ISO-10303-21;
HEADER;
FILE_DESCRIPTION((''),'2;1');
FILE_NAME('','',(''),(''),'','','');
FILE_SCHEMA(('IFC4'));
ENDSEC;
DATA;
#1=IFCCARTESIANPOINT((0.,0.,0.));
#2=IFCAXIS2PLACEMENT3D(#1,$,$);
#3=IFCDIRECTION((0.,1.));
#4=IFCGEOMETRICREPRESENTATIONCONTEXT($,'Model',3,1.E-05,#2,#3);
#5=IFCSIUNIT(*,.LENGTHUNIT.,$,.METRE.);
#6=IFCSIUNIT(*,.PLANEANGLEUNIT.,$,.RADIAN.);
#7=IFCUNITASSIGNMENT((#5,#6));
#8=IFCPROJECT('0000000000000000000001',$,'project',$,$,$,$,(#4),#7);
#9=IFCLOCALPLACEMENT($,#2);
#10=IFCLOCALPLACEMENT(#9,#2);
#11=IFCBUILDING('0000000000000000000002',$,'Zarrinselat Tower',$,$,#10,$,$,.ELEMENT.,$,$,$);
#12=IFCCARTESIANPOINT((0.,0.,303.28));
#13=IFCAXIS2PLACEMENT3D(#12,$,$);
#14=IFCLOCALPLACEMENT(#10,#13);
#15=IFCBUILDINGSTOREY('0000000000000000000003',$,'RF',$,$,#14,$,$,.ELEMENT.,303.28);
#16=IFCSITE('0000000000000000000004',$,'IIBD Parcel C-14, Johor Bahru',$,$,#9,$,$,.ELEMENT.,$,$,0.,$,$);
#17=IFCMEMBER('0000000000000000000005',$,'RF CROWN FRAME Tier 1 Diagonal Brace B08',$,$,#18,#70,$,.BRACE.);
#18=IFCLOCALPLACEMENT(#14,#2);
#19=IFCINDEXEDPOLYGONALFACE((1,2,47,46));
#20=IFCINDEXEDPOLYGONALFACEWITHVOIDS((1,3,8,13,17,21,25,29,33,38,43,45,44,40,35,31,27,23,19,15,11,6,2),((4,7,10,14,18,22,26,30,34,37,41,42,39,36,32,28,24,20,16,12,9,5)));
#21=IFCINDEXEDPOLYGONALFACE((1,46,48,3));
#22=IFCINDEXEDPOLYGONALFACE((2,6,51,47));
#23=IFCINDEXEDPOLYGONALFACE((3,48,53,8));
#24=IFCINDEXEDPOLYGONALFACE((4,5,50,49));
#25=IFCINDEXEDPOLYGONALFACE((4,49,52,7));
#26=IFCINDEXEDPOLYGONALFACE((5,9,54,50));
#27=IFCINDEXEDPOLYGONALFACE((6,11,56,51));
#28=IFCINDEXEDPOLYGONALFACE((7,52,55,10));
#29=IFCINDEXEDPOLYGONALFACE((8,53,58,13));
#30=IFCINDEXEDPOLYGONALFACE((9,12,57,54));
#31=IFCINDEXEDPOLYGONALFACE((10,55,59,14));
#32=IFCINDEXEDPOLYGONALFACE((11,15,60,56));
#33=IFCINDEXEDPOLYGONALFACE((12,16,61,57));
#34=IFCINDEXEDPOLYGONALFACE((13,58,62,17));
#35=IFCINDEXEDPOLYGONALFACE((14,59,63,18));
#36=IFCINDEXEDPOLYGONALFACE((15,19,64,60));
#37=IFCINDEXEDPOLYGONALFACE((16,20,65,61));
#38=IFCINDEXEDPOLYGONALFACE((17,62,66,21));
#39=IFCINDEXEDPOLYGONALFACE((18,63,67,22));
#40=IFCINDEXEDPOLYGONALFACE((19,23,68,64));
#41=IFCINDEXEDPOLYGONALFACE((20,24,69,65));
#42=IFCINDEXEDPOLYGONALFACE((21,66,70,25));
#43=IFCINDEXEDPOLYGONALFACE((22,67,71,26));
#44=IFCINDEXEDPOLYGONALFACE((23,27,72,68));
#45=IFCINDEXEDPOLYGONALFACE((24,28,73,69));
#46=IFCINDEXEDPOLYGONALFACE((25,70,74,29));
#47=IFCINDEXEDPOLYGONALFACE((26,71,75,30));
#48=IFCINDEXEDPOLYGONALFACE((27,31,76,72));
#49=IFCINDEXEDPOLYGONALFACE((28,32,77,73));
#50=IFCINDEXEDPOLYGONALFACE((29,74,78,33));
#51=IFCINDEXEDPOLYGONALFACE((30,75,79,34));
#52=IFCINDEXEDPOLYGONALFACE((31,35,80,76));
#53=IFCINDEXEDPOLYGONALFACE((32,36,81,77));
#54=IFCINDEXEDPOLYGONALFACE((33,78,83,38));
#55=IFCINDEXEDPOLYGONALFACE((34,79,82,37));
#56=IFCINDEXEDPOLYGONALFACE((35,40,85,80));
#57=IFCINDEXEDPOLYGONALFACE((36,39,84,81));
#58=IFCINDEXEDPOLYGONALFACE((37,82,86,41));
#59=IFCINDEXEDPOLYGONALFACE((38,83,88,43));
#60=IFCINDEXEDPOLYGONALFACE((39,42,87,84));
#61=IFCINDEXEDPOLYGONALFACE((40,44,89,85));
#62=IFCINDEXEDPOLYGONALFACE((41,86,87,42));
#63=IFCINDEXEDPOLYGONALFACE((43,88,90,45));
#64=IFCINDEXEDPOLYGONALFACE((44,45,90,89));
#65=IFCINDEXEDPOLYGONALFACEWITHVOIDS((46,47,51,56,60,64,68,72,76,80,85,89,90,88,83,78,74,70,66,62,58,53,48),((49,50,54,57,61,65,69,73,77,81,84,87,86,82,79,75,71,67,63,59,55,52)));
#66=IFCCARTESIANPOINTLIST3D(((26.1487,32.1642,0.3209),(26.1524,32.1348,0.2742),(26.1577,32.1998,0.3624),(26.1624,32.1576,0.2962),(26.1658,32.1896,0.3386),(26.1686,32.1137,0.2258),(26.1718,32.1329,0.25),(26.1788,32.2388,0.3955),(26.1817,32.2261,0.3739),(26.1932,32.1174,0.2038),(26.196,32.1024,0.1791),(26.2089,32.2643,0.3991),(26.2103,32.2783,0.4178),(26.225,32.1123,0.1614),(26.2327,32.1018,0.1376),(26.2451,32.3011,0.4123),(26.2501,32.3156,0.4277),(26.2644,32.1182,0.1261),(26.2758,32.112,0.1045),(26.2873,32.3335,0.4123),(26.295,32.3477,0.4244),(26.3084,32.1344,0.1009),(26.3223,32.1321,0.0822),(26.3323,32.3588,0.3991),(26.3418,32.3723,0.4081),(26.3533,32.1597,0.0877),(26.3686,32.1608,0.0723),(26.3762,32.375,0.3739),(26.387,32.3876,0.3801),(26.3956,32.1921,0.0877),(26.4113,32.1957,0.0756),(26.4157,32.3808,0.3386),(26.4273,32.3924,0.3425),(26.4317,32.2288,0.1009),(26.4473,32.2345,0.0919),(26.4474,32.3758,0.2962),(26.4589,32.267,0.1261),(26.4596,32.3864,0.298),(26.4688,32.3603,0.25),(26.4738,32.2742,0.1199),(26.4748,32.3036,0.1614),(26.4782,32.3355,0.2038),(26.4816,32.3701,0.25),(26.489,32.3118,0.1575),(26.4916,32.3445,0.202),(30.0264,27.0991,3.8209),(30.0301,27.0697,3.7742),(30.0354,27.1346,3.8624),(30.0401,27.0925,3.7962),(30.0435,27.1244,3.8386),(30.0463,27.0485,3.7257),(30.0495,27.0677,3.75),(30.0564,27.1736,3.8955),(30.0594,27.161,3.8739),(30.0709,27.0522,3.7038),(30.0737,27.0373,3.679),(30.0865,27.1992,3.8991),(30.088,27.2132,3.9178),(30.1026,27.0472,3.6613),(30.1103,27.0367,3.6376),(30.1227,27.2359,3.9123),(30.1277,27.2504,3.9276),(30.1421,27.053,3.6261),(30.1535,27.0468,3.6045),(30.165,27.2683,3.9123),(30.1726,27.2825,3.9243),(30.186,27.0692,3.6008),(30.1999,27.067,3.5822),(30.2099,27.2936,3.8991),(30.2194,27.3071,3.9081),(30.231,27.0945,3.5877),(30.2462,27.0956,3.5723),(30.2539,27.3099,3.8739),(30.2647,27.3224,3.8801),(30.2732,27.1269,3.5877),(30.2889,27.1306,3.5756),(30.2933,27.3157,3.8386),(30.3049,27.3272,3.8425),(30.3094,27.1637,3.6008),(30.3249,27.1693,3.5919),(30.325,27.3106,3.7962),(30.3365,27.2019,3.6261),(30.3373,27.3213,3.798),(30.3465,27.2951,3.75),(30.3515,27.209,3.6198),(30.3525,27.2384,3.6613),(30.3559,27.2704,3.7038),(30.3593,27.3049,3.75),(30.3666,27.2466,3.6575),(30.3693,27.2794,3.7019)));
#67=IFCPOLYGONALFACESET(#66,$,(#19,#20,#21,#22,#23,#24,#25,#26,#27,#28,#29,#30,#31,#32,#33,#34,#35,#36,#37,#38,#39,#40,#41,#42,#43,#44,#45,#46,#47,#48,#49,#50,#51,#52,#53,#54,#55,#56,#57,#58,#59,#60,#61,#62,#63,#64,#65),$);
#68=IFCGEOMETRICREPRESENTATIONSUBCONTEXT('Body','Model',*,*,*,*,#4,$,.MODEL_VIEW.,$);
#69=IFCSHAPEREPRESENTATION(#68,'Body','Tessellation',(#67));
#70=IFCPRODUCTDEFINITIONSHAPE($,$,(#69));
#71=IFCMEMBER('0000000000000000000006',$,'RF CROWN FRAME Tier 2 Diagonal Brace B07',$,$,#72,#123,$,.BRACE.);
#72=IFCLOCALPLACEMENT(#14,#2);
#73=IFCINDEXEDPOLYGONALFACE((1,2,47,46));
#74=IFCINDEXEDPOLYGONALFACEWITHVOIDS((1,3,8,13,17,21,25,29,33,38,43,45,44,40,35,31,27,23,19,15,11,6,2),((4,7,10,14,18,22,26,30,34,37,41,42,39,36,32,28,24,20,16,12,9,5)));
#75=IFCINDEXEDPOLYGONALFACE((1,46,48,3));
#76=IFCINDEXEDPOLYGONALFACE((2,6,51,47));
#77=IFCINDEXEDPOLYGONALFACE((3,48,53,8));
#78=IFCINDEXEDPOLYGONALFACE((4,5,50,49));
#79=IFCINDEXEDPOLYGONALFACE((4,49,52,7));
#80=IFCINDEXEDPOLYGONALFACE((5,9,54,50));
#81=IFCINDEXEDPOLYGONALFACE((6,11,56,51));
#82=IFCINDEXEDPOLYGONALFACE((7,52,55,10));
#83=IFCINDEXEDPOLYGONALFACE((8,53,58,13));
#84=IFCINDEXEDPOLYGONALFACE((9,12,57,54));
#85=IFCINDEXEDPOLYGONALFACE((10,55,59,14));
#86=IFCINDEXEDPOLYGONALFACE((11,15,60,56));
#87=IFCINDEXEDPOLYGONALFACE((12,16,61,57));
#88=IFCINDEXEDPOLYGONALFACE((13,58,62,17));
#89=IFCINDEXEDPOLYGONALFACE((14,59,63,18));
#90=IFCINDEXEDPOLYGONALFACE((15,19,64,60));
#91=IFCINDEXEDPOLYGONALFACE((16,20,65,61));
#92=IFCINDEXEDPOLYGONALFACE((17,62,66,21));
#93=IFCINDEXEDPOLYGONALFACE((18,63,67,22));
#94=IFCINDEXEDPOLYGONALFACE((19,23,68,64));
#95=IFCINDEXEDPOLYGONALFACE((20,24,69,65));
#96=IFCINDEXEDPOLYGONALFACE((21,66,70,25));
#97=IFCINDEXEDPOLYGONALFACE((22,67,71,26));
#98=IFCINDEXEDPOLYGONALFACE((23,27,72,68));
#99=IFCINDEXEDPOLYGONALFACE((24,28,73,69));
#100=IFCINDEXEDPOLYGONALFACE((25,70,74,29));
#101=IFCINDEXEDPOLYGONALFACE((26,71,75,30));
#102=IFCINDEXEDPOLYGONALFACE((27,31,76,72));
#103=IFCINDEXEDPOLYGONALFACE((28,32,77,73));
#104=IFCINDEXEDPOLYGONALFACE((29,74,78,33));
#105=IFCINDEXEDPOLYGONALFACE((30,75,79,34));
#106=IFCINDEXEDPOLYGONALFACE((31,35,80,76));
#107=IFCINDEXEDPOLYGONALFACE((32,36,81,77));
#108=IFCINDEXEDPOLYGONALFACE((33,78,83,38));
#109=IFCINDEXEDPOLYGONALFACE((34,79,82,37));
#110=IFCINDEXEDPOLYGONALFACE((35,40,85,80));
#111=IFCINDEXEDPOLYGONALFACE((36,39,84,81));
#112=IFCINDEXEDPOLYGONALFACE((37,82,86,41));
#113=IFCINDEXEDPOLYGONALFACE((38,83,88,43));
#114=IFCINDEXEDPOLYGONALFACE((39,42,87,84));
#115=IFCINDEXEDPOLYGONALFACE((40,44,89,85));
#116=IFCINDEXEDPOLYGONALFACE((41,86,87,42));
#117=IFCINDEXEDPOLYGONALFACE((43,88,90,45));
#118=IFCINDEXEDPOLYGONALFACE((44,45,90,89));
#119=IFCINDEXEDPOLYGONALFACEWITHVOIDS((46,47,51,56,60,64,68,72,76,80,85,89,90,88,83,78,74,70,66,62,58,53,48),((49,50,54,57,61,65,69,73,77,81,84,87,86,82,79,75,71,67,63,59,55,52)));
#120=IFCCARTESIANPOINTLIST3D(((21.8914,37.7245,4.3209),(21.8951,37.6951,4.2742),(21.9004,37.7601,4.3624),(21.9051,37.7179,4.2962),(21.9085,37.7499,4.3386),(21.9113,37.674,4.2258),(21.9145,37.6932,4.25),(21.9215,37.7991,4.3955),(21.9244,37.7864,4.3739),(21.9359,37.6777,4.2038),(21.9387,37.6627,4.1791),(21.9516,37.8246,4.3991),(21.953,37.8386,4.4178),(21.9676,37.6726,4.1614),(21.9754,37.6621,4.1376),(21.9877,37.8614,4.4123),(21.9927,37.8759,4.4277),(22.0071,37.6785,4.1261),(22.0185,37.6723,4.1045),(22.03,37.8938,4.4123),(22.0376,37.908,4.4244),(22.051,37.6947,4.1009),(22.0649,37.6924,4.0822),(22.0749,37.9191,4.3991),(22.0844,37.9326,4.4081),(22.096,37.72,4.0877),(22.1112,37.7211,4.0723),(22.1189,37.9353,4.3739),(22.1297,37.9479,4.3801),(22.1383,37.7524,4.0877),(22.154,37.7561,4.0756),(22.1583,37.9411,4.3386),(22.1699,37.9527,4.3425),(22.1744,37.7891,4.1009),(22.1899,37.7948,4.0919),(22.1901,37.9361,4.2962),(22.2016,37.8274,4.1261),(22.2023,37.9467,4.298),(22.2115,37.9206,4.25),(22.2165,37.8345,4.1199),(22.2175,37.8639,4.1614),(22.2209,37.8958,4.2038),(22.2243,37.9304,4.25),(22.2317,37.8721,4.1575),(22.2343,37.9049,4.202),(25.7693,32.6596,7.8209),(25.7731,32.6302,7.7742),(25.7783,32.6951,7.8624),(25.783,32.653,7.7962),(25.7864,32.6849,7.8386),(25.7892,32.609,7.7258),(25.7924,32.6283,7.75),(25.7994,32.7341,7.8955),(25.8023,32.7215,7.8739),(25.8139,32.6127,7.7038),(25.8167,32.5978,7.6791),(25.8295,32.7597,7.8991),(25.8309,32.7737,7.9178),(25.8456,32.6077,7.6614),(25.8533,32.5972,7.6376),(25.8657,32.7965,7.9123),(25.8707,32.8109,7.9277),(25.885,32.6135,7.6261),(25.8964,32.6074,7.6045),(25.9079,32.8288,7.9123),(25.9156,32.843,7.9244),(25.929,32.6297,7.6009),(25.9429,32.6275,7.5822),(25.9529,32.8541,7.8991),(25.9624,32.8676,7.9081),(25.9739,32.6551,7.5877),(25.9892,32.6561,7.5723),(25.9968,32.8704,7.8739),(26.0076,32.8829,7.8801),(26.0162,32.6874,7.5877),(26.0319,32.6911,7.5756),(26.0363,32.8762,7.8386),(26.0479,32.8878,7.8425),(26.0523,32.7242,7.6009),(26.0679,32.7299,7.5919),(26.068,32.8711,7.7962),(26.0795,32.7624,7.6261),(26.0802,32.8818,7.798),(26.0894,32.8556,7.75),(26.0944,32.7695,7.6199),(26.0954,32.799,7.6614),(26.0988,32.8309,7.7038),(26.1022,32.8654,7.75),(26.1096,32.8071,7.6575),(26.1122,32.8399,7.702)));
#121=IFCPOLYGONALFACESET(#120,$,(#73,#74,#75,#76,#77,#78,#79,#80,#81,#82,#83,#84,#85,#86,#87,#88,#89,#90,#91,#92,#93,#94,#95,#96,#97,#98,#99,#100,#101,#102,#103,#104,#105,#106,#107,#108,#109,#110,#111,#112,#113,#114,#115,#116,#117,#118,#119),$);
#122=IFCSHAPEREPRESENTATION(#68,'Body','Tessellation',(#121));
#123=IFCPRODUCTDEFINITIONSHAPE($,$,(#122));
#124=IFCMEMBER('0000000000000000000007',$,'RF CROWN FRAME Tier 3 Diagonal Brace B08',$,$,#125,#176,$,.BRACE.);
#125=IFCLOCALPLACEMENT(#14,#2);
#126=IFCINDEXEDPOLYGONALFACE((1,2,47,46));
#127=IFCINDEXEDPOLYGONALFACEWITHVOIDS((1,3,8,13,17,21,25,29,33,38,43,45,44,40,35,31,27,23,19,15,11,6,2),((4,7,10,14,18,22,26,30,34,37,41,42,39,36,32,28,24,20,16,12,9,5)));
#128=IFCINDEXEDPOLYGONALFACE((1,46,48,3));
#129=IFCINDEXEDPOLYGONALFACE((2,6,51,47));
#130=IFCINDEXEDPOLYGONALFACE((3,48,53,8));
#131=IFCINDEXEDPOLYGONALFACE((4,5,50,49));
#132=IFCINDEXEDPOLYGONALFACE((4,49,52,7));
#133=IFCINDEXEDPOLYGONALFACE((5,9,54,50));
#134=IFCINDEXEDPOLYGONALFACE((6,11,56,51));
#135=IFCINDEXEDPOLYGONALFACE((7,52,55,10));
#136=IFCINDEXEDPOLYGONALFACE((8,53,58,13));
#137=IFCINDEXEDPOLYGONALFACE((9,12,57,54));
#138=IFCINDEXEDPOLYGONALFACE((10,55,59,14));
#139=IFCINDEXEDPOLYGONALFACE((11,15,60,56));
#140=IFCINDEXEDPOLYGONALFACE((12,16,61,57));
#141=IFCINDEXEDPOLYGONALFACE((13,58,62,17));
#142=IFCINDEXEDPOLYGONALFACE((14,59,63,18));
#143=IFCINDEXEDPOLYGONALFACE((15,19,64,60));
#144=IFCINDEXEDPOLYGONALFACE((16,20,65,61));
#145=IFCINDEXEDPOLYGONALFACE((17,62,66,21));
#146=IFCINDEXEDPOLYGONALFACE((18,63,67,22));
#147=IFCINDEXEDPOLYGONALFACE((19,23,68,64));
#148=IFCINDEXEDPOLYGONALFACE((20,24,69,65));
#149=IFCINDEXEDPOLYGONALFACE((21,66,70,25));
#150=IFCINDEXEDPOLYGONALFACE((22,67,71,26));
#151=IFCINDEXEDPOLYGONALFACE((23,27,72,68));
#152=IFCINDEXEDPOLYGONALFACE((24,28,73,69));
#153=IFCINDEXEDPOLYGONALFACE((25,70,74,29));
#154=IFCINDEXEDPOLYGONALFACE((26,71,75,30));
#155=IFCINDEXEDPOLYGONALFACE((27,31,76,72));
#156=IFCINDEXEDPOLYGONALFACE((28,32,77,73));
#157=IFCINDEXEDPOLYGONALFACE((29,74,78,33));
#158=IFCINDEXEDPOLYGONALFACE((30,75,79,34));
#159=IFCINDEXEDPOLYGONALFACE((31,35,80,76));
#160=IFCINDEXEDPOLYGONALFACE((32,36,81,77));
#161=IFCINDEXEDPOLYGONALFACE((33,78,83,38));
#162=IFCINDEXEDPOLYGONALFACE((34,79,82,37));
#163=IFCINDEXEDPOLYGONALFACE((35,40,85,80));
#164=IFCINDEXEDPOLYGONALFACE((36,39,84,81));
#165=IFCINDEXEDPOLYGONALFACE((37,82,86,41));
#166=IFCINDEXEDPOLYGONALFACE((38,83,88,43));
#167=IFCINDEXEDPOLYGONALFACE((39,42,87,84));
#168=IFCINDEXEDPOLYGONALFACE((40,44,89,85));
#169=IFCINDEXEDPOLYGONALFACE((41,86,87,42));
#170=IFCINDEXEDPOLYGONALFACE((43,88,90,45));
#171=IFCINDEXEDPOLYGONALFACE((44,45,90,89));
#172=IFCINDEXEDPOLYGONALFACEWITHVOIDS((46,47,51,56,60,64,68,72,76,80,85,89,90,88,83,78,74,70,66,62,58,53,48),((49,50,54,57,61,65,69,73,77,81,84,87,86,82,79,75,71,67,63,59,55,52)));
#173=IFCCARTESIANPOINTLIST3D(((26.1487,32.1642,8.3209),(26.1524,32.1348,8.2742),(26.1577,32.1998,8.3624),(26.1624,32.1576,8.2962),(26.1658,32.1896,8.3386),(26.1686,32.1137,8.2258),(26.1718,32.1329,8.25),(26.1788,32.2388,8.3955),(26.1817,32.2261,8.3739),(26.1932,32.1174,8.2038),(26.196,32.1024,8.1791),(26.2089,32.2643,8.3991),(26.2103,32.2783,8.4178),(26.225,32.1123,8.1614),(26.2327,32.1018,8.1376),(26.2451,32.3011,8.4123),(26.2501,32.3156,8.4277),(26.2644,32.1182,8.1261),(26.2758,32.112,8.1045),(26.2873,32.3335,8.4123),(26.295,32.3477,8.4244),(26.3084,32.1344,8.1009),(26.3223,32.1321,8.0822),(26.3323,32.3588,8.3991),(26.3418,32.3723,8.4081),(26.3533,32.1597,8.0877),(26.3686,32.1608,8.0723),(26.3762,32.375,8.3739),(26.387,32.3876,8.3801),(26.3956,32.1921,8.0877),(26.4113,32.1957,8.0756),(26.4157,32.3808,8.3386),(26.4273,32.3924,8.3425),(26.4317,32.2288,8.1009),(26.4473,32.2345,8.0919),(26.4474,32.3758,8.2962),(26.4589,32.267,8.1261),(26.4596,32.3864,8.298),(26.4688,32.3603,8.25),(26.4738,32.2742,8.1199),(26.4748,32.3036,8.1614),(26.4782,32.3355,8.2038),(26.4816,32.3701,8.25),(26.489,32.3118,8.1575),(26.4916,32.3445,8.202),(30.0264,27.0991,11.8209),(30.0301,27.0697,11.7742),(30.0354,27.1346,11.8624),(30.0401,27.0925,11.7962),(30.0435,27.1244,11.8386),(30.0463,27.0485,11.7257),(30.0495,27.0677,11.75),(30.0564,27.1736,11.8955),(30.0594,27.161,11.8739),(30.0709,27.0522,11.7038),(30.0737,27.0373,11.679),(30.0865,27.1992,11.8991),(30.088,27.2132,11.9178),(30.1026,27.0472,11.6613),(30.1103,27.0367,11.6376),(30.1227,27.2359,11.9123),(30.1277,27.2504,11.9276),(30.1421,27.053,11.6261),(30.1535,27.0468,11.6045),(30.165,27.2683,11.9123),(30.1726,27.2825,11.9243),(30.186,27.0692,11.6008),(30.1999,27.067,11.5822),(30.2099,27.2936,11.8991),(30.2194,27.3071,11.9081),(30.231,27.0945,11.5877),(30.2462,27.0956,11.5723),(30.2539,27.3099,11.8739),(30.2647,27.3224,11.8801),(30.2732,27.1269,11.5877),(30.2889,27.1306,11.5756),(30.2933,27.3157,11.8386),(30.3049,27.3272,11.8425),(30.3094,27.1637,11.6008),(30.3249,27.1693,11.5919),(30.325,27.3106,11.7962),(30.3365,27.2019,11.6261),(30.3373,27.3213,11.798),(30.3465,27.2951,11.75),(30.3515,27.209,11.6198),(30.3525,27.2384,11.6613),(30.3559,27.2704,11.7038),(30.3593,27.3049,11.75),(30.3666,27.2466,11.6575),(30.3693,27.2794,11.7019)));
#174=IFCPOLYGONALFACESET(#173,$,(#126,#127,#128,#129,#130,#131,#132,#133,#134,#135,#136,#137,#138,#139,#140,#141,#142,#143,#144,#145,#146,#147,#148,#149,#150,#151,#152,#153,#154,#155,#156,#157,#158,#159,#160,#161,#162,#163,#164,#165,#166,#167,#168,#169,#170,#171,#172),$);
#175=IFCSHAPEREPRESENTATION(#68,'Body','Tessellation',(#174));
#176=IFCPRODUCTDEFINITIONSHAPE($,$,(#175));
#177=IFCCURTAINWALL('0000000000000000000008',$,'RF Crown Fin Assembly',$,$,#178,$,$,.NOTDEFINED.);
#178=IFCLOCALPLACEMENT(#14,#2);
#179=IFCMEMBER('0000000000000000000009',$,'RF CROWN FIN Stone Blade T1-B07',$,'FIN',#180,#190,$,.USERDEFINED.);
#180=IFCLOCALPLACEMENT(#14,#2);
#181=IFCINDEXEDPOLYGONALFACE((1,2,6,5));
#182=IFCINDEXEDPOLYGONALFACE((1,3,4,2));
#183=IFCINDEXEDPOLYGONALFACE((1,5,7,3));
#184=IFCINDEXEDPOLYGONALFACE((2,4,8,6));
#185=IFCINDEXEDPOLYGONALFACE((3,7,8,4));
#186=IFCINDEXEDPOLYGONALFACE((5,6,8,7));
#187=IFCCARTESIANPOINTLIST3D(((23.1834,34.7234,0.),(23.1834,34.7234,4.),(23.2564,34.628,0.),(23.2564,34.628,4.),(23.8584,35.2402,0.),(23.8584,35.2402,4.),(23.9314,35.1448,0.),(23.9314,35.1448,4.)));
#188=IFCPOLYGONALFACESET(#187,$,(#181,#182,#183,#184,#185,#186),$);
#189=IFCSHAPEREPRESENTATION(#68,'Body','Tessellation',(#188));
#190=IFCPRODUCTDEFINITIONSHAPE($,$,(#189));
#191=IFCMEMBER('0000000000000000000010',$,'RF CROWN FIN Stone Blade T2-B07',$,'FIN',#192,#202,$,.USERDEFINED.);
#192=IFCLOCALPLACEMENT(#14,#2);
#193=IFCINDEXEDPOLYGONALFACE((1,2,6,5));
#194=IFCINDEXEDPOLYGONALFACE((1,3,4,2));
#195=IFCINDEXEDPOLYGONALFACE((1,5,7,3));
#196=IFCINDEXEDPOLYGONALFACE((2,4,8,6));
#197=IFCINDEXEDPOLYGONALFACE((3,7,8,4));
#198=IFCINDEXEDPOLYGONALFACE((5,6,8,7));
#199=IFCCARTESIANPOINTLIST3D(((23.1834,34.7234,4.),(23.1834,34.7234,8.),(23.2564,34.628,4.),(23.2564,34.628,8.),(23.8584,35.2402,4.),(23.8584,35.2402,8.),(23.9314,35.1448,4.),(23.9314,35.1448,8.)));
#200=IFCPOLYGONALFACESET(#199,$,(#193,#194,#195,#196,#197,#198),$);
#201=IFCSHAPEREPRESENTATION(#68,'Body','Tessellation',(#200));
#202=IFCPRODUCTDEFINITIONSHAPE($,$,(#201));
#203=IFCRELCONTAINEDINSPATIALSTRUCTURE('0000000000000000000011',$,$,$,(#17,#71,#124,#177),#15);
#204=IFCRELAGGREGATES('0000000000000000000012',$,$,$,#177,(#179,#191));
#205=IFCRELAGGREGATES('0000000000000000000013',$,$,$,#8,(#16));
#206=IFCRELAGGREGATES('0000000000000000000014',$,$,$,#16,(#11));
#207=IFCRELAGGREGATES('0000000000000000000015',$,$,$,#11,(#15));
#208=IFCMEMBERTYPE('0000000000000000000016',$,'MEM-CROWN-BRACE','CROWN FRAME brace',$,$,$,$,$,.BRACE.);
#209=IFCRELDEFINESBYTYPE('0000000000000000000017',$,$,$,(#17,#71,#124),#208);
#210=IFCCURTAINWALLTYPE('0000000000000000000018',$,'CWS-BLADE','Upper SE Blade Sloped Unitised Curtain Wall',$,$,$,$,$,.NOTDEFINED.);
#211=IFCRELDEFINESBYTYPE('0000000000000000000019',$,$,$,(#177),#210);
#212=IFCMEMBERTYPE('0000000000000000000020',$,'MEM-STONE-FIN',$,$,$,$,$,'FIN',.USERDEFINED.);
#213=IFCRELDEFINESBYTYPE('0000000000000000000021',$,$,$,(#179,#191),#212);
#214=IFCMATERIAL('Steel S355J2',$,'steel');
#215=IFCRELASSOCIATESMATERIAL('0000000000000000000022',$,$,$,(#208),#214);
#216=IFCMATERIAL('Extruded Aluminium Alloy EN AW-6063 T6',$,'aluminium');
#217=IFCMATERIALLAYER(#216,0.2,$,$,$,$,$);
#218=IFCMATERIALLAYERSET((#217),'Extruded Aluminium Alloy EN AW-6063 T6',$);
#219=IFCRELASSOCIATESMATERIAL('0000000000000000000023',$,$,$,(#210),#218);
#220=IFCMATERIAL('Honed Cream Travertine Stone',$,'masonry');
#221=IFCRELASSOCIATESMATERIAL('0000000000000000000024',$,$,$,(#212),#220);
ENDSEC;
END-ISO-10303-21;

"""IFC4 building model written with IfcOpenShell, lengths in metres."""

from ifc_helpers import new_model, si_unit, direction, frame, origin, origin_2d, place, context, subcontext, project, spatial, rectangle, hollow_circle, extrude, material, layer, layer_set, material_profile, profile_set, type_object, element, aggregate, save


model = new_model("IFC4")

# Units and contexts
model_context = context("Model", 3, precision=1e-05, world=origin(), true_north=direction((0.0, 1.0)))
body_context = subcontext(model_context, "Body", "Model", "MODEL_VIEW")
ifc_project = project(units=[si_unit("LENGTHUNIT", "METRE"), si_unit("PLANEANGLEUNIT", "RADIAN")], contexts=[model_context])

# Site, building, storey
site_placement = place(None, origin())
site = spatial("IfcSite", under=ifc_project, at=site_placement, Name="IIBD Parcel C-14, Johor Bahru", CompositionType="ELEMENT", RefElevation=0.0)
building_placement = place(site_placement, origin())
building = spatial("IfcBuilding", under=site, at=building_placement, Name="Zarrinselat Tower", CompositionType="ELEMENT")
storey_placement = place(building_placement, frame((0.0, 0.0, 303.28)))
storey = spatial("IfcBuildingStorey", under=building, at=storey_placement, Name="RF", CompositionType="ELEMENT", Elevation=303.28)

# Members
ifc_material_1 = material(Name="Steel S355J2", Category="steel")
ifc_material_profile_1 = material_profile(ifc_material_1, hollow_circle(Radius=0.2031, WallThickness=0.0161, at=origin_2d()), Name="CHS 406.4x16")
ifc_profile_set_1 = profile_set([ifc_material_profile_1], Name="Steel S355J2")
member_type_1 = type_object("IfcMemberType", Name="MEM-CROWN-BRACE", Description="CROWN FRAME brace", PredefinedType="BRACE", material=ifc_profile_set_1)
for number, where, z_axis, x_axis, name in (
    (1, (26.3203, 32.2466, 0.25), (0.53293, -0.696134, 0.481023), (0.794032, 0.607876, 0.0), "RF CROWN FRAME Tier 1 Diagonal Brace B08"),
    (2, (22.063, 37.8069, 4.25), (0.532966, -0.696104, 0.481025), (0.793999, 0.607919, 0.0), "RF CROWN FRAME Tier 2 Diagonal Brace B07"),
    (3, (26.3203, 32.2466, 8.25), (0.53293, -0.696134, 0.481023), (0.794032, 0.607876, 0.0), "RF CROWN FRAME Tier 3 Diagonal Brace B08"),
):
    element("IfcMember", number, at=place(storey_placement, frame(where, z_axis=z_axis, x_axis=x_axis)), inside=storey, type_object=member_type_1, Name=name, PredefinedType="BRACE", context=body_context, shape_type="SweptSolid", body=[
        extrude(hollow_circle(Radius=0.2031, WallThickness=0.0161, at=origin_2d()), origin(), (0.0, 0.0, 1.0), 7.2761),
    ])

# Curtain wall, members
ifc_material_2 = material(Name="Extruded Aluminium Alloy EN AW-6063 T6", Category="aluminium")
ifc_layer_1 = layer(ifc_material_2, 0.2)
ifc_layer_set_1 = layer_set([ifc_layer_1], Name="Extruded Aluminium Alloy EN AW-6063 T6")
curtain_wall_type = type_object("IfcCurtainWallType", Name="CWS-BLADE", Description="Upper SE Blade Sloped Unitised Curtain Wall", PredefinedType="NOTDEFINED", material=ifc_layer_set_1)
curtain_wall_placement = place(storey_placement, origin())
curtain_wall = element("IfcCurtainWall", 4, at=curtain_wall_placement, inside=storey, type_object=curtain_wall_type, Name="RF Crown Fin Assembly", PredefinedType="NOTDEFINED")
ifc_material_3 = material(Name="Honed Cream Travertine Stone", Category="masonry")
ifc_material_profile_2 = material_profile(ifc_material_3, rectangle(XDim=0.1201, YDim=0.8501, at=origin_2d()), Name="FIN 850x120")
ifc_profile_set_2 = profile_set([ifc_material_profile_2], Name="Honed Cream Travertine Stone")
member_type_2 = type_object("IfcMemberType", Name="MEM-STONE-FIN", ElementType="FIN", PredefinedType="USERDEFINED", material=ifc_profile_set_2)
member_1_placement = place(storey_placement, frame((23.5574, 34.9341, 0.0), z_axis=(0.0, 0.0, 1.0), x_axis=(-0.607903, 0.794011, 0.0)))
member_1 = element("IfcMember", 5, at=member_1_placement, type_object=member_type_2, Name="RF CROWN FIN Stone Blade T1-B07", ObjectType="FIN", PredefinedType="USERDEFINED", context=body_context, shape_type="SweptSolid", body=[
    extrude(rectangle(XDim=0.1201, YDim=0.8501, at=origin_2d()), origin(), (0.0, 0.0, 1.0), 4.0),
])
member_2_placement = place(storey_placement, frame((23.5574, 34.9341, 4.0), z_axis=(0.0, 0.0, 1.0), x_axis=(-0.607903, 0.794011, 0.0)))
member_2 = element("IfcMember", 6, at=member_2_placement, type_object=member_type_2, Name="RF CROWN FIN Stone Blade T2-B07", ObjectType="FIN", PredefinedType="USERDEFINED", context=body_context, shape_type="SweptSolid", body=[
    extrude(rectangle(XDim=0.1201, YDim=0.8501, at=origin_2d()), origin(), (0.0, 0.0, 1.0), 4.0),
])
aggregate(curtain_wall, [member_1, member_2])

save(model, "model.ifc")
